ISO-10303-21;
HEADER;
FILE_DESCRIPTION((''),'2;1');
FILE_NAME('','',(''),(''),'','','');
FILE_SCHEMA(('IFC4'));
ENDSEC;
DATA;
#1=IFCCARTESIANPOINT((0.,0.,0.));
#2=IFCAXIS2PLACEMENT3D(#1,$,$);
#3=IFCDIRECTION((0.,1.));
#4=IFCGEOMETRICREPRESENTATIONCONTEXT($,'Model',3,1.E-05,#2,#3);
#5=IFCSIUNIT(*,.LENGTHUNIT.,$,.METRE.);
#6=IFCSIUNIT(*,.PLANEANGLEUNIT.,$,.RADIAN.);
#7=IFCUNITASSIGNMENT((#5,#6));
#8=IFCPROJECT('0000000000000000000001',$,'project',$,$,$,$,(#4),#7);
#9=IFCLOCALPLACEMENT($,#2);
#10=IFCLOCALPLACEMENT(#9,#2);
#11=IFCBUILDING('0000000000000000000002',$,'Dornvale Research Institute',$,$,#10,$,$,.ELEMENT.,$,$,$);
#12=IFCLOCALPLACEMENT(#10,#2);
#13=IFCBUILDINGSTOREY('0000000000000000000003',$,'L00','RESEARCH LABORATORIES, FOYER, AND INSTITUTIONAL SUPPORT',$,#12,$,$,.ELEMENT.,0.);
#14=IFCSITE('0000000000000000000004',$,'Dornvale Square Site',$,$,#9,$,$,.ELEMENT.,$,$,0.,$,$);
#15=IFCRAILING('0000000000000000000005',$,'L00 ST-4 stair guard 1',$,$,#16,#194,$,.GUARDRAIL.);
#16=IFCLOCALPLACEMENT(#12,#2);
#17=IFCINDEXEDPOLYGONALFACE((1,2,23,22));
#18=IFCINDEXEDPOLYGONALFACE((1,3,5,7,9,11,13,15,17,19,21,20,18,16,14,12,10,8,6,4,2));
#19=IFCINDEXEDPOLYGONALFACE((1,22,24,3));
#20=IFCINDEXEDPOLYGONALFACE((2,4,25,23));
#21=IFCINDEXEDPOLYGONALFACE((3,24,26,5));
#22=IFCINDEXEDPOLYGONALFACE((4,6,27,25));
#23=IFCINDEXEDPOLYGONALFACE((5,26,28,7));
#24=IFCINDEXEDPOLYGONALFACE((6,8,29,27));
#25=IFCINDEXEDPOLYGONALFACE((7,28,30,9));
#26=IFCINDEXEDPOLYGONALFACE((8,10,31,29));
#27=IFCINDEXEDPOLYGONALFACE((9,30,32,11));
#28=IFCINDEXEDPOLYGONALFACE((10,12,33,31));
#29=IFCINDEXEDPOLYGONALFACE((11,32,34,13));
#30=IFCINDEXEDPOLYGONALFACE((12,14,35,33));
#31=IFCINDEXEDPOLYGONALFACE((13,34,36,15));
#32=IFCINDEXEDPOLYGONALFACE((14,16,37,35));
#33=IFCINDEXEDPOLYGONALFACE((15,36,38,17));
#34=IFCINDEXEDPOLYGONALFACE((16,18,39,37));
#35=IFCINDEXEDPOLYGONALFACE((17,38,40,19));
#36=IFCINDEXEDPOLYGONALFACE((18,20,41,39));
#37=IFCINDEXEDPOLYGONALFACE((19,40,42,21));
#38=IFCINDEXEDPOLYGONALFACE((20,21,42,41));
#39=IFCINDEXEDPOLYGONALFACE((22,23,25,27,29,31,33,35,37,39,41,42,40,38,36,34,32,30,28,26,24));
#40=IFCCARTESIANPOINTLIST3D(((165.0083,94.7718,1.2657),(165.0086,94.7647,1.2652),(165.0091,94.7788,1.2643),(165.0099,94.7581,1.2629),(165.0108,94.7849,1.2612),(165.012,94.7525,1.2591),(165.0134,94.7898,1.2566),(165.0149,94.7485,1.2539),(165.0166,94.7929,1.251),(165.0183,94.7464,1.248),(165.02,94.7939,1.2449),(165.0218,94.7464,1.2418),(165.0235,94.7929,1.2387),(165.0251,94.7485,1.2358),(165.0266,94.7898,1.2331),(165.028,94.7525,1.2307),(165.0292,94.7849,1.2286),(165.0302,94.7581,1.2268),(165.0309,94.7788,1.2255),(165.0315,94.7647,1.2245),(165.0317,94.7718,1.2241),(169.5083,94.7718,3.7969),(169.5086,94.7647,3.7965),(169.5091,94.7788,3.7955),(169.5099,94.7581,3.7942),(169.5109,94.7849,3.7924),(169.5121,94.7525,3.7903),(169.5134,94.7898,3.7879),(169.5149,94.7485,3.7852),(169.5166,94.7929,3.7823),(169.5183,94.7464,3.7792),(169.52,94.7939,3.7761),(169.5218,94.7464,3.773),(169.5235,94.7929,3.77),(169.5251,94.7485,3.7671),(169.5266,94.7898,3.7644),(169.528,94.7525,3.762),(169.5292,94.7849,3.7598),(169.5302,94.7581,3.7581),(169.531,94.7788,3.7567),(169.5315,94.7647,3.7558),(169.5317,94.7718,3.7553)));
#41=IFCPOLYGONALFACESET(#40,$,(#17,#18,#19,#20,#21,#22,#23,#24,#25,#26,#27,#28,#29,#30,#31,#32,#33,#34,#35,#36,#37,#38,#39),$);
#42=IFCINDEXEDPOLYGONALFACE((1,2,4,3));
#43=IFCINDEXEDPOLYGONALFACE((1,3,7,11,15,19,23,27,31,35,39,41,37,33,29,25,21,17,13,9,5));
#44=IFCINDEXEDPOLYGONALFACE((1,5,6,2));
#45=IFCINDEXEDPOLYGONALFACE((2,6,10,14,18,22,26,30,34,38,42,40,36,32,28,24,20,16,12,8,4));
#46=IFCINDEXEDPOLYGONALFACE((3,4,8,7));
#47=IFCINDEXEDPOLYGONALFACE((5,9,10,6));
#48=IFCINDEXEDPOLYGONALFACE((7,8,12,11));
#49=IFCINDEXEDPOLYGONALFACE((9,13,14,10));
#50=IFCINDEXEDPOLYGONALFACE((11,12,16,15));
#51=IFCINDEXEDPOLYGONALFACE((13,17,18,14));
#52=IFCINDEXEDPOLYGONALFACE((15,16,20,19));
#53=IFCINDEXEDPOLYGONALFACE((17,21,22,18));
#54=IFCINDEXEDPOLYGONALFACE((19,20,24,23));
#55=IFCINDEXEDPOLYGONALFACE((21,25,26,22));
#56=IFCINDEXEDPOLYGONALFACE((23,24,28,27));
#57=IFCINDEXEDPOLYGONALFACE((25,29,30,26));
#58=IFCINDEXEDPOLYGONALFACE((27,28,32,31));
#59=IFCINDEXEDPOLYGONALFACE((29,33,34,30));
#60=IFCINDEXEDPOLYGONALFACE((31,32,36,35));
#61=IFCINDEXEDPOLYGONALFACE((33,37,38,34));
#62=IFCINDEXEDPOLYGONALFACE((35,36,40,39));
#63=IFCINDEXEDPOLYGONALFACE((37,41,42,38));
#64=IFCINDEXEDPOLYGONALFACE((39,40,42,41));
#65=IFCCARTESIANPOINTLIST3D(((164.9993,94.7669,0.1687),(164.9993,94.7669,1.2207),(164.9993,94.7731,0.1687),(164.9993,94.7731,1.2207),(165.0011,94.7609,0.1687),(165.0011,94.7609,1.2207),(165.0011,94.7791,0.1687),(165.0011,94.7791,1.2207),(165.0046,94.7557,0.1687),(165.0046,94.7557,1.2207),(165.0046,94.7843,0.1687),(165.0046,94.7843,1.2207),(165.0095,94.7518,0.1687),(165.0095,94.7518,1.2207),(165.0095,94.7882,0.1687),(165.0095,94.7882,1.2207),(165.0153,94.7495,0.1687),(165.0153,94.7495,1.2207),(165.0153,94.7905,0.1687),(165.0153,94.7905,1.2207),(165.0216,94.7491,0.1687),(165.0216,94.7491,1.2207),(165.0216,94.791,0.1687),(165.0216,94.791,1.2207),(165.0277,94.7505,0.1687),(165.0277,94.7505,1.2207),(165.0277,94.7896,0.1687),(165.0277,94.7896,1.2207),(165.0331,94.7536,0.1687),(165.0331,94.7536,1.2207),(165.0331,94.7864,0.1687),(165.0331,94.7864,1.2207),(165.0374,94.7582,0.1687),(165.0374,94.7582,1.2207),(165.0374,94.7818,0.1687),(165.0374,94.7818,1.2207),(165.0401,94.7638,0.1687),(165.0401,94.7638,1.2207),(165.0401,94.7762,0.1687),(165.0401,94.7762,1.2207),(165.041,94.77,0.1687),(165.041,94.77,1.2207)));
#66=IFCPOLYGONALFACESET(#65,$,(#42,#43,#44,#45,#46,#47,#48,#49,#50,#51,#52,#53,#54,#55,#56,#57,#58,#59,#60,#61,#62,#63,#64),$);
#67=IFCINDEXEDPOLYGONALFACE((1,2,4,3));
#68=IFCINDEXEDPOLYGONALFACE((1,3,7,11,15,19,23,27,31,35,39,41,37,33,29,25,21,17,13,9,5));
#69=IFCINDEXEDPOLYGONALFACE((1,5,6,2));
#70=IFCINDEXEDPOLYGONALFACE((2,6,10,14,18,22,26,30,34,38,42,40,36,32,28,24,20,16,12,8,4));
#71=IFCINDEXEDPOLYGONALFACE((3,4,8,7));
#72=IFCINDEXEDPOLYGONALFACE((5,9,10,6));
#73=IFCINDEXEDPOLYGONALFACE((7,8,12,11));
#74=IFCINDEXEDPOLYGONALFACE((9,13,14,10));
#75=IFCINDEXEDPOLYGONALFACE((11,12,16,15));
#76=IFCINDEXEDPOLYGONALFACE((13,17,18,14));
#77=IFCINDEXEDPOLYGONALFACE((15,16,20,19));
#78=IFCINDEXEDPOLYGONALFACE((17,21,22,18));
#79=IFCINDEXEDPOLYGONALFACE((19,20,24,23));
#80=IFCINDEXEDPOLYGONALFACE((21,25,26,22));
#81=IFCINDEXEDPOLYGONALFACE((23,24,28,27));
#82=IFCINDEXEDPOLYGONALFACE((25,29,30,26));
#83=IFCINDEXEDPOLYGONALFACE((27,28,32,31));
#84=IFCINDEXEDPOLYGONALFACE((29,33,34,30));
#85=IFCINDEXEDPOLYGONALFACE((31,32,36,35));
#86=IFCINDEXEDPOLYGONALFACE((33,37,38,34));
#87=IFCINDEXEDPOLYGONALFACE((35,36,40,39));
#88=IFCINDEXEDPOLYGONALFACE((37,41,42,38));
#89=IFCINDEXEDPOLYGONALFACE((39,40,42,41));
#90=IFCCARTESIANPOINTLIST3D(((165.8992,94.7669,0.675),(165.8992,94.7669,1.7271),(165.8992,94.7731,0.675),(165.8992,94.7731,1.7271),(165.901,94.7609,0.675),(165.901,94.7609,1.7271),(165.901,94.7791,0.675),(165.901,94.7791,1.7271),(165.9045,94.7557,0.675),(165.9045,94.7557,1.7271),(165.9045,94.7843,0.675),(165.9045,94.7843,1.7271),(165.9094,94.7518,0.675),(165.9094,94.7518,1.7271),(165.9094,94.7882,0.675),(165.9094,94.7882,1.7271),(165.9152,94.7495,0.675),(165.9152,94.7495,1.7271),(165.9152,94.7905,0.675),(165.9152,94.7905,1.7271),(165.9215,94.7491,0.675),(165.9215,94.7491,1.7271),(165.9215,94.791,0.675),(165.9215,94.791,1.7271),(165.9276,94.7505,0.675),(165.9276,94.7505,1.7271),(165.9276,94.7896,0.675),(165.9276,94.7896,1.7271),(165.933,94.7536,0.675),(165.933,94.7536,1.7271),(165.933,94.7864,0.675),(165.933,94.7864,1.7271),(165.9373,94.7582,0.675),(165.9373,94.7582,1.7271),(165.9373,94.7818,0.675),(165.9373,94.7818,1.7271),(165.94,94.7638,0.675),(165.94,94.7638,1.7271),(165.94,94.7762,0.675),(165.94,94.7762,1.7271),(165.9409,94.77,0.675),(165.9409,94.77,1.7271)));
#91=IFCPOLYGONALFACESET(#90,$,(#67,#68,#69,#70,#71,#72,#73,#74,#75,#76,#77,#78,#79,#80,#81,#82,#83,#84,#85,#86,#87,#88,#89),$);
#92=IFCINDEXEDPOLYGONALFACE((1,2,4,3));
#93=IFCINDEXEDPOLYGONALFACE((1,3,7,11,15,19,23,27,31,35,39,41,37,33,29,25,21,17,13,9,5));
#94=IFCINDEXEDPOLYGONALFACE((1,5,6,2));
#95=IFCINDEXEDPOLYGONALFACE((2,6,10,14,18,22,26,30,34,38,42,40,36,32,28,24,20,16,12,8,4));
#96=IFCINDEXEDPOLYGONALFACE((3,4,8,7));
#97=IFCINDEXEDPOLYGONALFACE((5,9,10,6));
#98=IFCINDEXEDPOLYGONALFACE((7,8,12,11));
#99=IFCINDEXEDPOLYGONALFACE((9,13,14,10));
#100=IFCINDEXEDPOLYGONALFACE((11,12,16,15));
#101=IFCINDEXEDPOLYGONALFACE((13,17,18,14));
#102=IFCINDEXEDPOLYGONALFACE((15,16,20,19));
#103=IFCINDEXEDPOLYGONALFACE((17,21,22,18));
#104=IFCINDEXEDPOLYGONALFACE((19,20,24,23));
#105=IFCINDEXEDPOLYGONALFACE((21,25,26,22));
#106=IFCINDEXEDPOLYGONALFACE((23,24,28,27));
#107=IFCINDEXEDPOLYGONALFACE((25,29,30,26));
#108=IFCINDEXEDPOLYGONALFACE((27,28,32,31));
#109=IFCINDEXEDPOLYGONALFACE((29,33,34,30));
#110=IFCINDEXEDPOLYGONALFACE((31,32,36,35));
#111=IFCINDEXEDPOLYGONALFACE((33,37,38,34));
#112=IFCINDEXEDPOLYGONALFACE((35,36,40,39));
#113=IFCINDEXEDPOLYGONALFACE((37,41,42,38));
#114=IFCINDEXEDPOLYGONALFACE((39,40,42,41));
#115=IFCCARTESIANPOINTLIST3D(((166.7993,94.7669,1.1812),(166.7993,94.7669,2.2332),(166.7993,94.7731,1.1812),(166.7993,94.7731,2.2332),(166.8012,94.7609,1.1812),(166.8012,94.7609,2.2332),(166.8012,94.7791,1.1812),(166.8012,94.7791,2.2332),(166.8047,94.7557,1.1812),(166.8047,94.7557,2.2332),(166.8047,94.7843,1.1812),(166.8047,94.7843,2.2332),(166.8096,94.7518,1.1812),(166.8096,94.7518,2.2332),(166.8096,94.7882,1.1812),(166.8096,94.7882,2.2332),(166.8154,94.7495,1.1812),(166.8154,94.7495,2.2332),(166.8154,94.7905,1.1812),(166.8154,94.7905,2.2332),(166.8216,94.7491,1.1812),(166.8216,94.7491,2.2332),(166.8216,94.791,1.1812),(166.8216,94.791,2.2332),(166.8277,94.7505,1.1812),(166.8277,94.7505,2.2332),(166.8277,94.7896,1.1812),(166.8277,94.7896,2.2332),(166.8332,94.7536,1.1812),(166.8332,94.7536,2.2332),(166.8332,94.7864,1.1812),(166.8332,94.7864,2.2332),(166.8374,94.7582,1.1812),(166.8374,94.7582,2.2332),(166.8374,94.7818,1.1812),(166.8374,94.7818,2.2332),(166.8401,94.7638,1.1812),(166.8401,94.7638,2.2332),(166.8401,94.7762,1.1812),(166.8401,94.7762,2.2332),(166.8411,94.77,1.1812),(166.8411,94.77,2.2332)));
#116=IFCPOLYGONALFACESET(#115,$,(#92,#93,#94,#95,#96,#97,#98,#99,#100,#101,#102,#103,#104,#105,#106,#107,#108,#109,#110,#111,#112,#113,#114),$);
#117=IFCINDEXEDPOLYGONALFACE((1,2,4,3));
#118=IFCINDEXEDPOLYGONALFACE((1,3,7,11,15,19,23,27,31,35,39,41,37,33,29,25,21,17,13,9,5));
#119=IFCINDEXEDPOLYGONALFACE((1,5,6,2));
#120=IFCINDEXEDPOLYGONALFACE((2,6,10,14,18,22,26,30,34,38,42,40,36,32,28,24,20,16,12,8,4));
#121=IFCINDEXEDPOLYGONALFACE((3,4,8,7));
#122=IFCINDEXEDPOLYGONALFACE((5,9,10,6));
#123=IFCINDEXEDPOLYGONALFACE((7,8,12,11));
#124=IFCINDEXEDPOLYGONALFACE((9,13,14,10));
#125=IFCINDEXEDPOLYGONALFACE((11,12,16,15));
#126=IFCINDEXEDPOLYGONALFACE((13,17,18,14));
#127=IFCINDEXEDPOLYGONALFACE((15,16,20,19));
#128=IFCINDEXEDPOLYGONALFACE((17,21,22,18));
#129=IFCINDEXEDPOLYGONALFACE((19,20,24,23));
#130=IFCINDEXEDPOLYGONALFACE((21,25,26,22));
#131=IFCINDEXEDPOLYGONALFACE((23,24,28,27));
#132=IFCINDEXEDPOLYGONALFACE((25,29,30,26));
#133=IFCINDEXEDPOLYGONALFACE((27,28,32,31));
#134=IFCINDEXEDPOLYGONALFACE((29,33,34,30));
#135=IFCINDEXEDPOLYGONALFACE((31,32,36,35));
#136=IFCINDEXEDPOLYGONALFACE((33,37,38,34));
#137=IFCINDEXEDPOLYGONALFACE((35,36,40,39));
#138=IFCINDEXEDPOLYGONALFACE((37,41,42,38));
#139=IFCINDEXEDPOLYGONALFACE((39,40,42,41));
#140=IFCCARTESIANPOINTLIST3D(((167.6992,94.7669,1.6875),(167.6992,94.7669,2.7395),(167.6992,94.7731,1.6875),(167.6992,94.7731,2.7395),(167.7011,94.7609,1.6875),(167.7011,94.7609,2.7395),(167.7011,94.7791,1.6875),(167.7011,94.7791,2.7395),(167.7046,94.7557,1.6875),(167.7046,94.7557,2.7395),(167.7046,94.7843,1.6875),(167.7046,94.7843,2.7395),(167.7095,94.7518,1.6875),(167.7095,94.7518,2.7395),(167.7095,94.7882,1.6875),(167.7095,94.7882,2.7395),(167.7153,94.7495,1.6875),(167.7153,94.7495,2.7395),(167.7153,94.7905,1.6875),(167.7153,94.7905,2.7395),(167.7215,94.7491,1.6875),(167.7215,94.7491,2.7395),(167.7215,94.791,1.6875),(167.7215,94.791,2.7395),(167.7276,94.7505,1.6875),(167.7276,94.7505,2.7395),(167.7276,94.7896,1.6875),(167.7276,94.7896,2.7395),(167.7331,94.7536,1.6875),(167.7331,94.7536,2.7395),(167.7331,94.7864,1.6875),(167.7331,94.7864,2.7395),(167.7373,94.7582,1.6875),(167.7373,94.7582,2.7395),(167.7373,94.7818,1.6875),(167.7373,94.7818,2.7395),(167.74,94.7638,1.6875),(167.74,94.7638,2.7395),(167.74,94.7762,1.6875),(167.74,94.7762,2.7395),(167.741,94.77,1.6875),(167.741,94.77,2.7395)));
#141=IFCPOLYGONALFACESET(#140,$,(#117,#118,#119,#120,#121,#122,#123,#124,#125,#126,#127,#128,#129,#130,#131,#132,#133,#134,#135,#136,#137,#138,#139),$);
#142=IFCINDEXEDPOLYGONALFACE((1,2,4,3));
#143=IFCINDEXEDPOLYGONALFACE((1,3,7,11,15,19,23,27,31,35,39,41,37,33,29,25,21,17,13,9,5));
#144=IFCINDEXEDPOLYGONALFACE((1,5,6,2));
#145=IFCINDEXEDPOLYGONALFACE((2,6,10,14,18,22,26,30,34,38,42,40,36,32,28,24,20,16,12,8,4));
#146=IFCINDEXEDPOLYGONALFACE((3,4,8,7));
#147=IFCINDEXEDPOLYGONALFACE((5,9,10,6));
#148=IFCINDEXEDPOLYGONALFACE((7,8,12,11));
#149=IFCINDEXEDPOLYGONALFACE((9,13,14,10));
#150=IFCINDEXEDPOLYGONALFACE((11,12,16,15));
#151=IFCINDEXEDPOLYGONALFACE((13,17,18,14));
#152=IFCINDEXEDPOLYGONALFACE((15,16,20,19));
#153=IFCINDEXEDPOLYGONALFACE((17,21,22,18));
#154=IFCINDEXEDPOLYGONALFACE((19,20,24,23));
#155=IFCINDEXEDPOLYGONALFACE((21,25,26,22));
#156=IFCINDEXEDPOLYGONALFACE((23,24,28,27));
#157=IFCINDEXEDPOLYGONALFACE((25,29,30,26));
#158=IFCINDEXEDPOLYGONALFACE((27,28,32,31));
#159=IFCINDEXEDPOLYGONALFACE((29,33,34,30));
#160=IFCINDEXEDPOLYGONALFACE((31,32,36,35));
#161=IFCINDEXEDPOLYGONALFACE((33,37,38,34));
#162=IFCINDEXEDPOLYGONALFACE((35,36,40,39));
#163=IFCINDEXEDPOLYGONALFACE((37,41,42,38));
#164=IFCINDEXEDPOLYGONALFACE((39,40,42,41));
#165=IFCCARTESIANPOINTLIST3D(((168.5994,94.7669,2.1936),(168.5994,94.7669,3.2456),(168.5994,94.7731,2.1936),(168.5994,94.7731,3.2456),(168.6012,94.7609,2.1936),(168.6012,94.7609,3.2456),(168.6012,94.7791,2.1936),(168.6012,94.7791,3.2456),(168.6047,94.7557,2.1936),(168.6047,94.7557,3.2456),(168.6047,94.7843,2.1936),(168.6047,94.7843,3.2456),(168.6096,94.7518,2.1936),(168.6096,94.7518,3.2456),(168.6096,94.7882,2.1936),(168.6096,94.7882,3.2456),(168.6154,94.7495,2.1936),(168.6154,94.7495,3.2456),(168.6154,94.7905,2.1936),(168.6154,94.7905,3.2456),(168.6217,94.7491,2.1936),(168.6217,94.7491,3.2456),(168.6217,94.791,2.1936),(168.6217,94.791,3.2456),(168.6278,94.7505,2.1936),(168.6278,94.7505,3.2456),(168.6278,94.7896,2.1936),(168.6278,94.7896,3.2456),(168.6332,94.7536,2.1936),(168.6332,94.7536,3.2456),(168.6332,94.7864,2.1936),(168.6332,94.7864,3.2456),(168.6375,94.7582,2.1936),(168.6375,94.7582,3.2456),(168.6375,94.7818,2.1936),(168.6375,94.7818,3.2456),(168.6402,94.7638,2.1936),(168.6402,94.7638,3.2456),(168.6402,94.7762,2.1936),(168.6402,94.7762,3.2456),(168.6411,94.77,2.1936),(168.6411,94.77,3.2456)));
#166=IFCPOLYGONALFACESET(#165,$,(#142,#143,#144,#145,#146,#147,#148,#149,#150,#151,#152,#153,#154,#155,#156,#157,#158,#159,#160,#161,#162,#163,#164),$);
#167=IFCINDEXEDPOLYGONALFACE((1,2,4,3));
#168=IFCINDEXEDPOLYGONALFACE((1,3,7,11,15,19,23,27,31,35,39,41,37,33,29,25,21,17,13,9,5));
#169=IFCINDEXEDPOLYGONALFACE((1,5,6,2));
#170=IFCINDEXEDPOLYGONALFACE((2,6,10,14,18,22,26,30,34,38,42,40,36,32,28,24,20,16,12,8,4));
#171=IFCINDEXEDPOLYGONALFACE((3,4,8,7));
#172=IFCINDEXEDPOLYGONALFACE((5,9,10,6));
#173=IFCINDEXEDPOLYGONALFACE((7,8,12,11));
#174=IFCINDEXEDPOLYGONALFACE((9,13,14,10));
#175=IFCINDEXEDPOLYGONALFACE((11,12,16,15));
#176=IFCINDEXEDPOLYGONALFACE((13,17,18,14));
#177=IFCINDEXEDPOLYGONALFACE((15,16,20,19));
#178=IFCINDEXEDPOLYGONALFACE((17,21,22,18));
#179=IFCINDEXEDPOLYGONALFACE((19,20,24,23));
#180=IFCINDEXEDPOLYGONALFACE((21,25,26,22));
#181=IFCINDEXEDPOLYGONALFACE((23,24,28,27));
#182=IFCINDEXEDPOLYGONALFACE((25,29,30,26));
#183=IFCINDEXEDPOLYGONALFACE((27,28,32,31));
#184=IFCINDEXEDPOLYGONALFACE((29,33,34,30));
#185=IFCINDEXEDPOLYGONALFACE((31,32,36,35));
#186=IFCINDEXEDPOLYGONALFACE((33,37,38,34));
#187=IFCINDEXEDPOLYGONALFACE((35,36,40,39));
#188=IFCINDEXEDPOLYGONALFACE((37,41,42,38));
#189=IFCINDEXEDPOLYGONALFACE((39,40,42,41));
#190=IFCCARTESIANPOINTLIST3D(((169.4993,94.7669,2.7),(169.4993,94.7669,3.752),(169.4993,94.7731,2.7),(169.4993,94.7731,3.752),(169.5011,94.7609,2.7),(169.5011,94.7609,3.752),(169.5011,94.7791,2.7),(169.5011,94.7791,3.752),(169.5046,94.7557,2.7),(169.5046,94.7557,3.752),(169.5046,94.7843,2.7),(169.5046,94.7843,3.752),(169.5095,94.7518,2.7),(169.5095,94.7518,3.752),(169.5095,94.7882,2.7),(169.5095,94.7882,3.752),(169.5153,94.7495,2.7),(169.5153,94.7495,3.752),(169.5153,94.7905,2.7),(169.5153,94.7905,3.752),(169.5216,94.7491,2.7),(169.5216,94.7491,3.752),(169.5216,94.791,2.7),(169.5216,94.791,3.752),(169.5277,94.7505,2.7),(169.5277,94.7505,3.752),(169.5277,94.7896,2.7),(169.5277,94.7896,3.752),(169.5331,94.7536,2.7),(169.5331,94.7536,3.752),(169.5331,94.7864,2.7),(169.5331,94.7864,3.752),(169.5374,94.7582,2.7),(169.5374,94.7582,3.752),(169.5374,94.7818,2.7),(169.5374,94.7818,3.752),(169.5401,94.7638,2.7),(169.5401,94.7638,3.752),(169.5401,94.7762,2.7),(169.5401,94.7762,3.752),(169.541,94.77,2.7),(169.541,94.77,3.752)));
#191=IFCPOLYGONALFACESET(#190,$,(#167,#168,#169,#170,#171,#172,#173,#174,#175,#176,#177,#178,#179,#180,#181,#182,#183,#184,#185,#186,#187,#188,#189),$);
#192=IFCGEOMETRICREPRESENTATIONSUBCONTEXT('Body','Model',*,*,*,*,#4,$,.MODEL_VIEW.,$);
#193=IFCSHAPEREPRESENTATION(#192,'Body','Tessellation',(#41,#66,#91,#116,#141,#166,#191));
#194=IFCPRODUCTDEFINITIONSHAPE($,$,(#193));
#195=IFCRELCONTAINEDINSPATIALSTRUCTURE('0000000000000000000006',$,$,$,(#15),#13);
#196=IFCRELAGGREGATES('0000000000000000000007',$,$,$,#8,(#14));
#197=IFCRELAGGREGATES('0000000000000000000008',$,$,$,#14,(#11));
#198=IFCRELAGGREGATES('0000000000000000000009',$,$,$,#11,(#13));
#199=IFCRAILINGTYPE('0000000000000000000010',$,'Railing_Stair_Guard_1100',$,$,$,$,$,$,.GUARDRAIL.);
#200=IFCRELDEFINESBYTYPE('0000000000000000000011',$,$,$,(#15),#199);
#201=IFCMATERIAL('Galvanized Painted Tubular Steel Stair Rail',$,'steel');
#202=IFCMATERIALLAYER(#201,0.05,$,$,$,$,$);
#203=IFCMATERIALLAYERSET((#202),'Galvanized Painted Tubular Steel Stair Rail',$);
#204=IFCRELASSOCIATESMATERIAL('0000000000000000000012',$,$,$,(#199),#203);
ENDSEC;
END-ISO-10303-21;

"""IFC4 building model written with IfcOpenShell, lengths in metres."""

from ifc_helpers import new_model, si_unit, direction, frame, origin, origin_2d, place, context, subcontext, project, spatial, circle, extrude, material, layer, layer_set, type_object, element, save


model = new_model("IFC4")

# Units and contexts
model_context = context("Model", 3, precision=1e-05, world=origin(), true_north=direction((0.0, 1.0)))
body_context = subcontext(model_context, "Body", "Model", "MODEL_VIEW")
ifc_project = project(units=[si_unit("LENGTHUNIT", "METRE"), si_unit("PLANEANGLEUNIT", "RADIAN")], contexts=[model_context])

# Site, building, storey
site_placement = place(None, origin())
site = spatial("IfcSite", under=ifc_project, at=site_placement, Name="Dornvale Square Site", CompositionType="ELEMENT", RefElevation=0.0)
building_placement = place(site_placement, origin())
building = spatial("IfcBuilding", under=site, at=building_placement, Name="Dornvale Research Institute", CompositionType="ELEMENT")
storey_placement = place(building_placement, origin())
storey = spatial("IfcBuildingStorey", under=building, at=storey_placement, Name="L00", Description="RESEARCH LABORATORIES, FOYER, AND INSTITUTIONAL SUPPORT", CompositionType="ELEMENT", Elevation=0.0)

# Railing
ifc_material_1 = material(Name="Galvanized Painted Tubular Steel Stair Rail", Category="steel")
ifc_layer_1 = layer(ifc_material_1, 0.05)
ifc_layer_set_1 = layer_set([ifc_layer_1], Name="Galvanized Painted Tubular Steel Stair Rail")
railing_type_1 = type_object("IfcRailingType", Name="Railing_Stair_Guard_1100", PredefinedType="GUARDRAIL", material=ifc_layer_set_1)
railing_1_placement = place(storey_placement, frame((165.02, 94.77, 0.1687)))
element("IfcRailing", 1, at=railing_1_placement, inside=storey, type_object=railing_type_1, Name="L00 ST-4 stair guard 1", PredefinedType="GUARDRAIL", context=body_context, shape_type="SweptSolid", body=[
    extrude(circle(Radius=0.0239, at=origin_2d()), frame((0.0, 0.0, 1.0762), z_axis=(0.871576, 0.0, 0.490261), x_axis=(0.0, 1.0, 0.0)), (0.0, 0.0, 1.0), 5.1631),
    extrude(circle(Radius=0.021, at=origin_2d()), origin(), (0.0, 0.0, 1.0), 1.052),
    extrude(circle(Radius=0.021, at=origin_2d()), frame((0.8999, 0.0, 0.5063)), (0.0, 0.0, 1.0), 1.052),
    extrude(circle(Radius=0.021, at=origin_2d()), frame((1.8, 0.0, 1.0125)), (0.0, 0.0, 1.0), 1.052),
    extrude(circle(Radius=0.021, at=origin_2d()), frame((2.7, 0.0, 1.5188)), (0.0, 0.0, 1.0), 1.052),
    extrude(circle(Radius=0.021, at=origin_2d()), frame((3.6001, 0.0, 2.0249)), (0.0, 0.0, 1.0), 1.052),
    extrude(circle(Radius=0.021, at=origin_2d()), frame((4.5, 0.0, 2.5312)), (0.0, 0.0, 1.0), 1.052),
])

save(model, "model.ifc")
